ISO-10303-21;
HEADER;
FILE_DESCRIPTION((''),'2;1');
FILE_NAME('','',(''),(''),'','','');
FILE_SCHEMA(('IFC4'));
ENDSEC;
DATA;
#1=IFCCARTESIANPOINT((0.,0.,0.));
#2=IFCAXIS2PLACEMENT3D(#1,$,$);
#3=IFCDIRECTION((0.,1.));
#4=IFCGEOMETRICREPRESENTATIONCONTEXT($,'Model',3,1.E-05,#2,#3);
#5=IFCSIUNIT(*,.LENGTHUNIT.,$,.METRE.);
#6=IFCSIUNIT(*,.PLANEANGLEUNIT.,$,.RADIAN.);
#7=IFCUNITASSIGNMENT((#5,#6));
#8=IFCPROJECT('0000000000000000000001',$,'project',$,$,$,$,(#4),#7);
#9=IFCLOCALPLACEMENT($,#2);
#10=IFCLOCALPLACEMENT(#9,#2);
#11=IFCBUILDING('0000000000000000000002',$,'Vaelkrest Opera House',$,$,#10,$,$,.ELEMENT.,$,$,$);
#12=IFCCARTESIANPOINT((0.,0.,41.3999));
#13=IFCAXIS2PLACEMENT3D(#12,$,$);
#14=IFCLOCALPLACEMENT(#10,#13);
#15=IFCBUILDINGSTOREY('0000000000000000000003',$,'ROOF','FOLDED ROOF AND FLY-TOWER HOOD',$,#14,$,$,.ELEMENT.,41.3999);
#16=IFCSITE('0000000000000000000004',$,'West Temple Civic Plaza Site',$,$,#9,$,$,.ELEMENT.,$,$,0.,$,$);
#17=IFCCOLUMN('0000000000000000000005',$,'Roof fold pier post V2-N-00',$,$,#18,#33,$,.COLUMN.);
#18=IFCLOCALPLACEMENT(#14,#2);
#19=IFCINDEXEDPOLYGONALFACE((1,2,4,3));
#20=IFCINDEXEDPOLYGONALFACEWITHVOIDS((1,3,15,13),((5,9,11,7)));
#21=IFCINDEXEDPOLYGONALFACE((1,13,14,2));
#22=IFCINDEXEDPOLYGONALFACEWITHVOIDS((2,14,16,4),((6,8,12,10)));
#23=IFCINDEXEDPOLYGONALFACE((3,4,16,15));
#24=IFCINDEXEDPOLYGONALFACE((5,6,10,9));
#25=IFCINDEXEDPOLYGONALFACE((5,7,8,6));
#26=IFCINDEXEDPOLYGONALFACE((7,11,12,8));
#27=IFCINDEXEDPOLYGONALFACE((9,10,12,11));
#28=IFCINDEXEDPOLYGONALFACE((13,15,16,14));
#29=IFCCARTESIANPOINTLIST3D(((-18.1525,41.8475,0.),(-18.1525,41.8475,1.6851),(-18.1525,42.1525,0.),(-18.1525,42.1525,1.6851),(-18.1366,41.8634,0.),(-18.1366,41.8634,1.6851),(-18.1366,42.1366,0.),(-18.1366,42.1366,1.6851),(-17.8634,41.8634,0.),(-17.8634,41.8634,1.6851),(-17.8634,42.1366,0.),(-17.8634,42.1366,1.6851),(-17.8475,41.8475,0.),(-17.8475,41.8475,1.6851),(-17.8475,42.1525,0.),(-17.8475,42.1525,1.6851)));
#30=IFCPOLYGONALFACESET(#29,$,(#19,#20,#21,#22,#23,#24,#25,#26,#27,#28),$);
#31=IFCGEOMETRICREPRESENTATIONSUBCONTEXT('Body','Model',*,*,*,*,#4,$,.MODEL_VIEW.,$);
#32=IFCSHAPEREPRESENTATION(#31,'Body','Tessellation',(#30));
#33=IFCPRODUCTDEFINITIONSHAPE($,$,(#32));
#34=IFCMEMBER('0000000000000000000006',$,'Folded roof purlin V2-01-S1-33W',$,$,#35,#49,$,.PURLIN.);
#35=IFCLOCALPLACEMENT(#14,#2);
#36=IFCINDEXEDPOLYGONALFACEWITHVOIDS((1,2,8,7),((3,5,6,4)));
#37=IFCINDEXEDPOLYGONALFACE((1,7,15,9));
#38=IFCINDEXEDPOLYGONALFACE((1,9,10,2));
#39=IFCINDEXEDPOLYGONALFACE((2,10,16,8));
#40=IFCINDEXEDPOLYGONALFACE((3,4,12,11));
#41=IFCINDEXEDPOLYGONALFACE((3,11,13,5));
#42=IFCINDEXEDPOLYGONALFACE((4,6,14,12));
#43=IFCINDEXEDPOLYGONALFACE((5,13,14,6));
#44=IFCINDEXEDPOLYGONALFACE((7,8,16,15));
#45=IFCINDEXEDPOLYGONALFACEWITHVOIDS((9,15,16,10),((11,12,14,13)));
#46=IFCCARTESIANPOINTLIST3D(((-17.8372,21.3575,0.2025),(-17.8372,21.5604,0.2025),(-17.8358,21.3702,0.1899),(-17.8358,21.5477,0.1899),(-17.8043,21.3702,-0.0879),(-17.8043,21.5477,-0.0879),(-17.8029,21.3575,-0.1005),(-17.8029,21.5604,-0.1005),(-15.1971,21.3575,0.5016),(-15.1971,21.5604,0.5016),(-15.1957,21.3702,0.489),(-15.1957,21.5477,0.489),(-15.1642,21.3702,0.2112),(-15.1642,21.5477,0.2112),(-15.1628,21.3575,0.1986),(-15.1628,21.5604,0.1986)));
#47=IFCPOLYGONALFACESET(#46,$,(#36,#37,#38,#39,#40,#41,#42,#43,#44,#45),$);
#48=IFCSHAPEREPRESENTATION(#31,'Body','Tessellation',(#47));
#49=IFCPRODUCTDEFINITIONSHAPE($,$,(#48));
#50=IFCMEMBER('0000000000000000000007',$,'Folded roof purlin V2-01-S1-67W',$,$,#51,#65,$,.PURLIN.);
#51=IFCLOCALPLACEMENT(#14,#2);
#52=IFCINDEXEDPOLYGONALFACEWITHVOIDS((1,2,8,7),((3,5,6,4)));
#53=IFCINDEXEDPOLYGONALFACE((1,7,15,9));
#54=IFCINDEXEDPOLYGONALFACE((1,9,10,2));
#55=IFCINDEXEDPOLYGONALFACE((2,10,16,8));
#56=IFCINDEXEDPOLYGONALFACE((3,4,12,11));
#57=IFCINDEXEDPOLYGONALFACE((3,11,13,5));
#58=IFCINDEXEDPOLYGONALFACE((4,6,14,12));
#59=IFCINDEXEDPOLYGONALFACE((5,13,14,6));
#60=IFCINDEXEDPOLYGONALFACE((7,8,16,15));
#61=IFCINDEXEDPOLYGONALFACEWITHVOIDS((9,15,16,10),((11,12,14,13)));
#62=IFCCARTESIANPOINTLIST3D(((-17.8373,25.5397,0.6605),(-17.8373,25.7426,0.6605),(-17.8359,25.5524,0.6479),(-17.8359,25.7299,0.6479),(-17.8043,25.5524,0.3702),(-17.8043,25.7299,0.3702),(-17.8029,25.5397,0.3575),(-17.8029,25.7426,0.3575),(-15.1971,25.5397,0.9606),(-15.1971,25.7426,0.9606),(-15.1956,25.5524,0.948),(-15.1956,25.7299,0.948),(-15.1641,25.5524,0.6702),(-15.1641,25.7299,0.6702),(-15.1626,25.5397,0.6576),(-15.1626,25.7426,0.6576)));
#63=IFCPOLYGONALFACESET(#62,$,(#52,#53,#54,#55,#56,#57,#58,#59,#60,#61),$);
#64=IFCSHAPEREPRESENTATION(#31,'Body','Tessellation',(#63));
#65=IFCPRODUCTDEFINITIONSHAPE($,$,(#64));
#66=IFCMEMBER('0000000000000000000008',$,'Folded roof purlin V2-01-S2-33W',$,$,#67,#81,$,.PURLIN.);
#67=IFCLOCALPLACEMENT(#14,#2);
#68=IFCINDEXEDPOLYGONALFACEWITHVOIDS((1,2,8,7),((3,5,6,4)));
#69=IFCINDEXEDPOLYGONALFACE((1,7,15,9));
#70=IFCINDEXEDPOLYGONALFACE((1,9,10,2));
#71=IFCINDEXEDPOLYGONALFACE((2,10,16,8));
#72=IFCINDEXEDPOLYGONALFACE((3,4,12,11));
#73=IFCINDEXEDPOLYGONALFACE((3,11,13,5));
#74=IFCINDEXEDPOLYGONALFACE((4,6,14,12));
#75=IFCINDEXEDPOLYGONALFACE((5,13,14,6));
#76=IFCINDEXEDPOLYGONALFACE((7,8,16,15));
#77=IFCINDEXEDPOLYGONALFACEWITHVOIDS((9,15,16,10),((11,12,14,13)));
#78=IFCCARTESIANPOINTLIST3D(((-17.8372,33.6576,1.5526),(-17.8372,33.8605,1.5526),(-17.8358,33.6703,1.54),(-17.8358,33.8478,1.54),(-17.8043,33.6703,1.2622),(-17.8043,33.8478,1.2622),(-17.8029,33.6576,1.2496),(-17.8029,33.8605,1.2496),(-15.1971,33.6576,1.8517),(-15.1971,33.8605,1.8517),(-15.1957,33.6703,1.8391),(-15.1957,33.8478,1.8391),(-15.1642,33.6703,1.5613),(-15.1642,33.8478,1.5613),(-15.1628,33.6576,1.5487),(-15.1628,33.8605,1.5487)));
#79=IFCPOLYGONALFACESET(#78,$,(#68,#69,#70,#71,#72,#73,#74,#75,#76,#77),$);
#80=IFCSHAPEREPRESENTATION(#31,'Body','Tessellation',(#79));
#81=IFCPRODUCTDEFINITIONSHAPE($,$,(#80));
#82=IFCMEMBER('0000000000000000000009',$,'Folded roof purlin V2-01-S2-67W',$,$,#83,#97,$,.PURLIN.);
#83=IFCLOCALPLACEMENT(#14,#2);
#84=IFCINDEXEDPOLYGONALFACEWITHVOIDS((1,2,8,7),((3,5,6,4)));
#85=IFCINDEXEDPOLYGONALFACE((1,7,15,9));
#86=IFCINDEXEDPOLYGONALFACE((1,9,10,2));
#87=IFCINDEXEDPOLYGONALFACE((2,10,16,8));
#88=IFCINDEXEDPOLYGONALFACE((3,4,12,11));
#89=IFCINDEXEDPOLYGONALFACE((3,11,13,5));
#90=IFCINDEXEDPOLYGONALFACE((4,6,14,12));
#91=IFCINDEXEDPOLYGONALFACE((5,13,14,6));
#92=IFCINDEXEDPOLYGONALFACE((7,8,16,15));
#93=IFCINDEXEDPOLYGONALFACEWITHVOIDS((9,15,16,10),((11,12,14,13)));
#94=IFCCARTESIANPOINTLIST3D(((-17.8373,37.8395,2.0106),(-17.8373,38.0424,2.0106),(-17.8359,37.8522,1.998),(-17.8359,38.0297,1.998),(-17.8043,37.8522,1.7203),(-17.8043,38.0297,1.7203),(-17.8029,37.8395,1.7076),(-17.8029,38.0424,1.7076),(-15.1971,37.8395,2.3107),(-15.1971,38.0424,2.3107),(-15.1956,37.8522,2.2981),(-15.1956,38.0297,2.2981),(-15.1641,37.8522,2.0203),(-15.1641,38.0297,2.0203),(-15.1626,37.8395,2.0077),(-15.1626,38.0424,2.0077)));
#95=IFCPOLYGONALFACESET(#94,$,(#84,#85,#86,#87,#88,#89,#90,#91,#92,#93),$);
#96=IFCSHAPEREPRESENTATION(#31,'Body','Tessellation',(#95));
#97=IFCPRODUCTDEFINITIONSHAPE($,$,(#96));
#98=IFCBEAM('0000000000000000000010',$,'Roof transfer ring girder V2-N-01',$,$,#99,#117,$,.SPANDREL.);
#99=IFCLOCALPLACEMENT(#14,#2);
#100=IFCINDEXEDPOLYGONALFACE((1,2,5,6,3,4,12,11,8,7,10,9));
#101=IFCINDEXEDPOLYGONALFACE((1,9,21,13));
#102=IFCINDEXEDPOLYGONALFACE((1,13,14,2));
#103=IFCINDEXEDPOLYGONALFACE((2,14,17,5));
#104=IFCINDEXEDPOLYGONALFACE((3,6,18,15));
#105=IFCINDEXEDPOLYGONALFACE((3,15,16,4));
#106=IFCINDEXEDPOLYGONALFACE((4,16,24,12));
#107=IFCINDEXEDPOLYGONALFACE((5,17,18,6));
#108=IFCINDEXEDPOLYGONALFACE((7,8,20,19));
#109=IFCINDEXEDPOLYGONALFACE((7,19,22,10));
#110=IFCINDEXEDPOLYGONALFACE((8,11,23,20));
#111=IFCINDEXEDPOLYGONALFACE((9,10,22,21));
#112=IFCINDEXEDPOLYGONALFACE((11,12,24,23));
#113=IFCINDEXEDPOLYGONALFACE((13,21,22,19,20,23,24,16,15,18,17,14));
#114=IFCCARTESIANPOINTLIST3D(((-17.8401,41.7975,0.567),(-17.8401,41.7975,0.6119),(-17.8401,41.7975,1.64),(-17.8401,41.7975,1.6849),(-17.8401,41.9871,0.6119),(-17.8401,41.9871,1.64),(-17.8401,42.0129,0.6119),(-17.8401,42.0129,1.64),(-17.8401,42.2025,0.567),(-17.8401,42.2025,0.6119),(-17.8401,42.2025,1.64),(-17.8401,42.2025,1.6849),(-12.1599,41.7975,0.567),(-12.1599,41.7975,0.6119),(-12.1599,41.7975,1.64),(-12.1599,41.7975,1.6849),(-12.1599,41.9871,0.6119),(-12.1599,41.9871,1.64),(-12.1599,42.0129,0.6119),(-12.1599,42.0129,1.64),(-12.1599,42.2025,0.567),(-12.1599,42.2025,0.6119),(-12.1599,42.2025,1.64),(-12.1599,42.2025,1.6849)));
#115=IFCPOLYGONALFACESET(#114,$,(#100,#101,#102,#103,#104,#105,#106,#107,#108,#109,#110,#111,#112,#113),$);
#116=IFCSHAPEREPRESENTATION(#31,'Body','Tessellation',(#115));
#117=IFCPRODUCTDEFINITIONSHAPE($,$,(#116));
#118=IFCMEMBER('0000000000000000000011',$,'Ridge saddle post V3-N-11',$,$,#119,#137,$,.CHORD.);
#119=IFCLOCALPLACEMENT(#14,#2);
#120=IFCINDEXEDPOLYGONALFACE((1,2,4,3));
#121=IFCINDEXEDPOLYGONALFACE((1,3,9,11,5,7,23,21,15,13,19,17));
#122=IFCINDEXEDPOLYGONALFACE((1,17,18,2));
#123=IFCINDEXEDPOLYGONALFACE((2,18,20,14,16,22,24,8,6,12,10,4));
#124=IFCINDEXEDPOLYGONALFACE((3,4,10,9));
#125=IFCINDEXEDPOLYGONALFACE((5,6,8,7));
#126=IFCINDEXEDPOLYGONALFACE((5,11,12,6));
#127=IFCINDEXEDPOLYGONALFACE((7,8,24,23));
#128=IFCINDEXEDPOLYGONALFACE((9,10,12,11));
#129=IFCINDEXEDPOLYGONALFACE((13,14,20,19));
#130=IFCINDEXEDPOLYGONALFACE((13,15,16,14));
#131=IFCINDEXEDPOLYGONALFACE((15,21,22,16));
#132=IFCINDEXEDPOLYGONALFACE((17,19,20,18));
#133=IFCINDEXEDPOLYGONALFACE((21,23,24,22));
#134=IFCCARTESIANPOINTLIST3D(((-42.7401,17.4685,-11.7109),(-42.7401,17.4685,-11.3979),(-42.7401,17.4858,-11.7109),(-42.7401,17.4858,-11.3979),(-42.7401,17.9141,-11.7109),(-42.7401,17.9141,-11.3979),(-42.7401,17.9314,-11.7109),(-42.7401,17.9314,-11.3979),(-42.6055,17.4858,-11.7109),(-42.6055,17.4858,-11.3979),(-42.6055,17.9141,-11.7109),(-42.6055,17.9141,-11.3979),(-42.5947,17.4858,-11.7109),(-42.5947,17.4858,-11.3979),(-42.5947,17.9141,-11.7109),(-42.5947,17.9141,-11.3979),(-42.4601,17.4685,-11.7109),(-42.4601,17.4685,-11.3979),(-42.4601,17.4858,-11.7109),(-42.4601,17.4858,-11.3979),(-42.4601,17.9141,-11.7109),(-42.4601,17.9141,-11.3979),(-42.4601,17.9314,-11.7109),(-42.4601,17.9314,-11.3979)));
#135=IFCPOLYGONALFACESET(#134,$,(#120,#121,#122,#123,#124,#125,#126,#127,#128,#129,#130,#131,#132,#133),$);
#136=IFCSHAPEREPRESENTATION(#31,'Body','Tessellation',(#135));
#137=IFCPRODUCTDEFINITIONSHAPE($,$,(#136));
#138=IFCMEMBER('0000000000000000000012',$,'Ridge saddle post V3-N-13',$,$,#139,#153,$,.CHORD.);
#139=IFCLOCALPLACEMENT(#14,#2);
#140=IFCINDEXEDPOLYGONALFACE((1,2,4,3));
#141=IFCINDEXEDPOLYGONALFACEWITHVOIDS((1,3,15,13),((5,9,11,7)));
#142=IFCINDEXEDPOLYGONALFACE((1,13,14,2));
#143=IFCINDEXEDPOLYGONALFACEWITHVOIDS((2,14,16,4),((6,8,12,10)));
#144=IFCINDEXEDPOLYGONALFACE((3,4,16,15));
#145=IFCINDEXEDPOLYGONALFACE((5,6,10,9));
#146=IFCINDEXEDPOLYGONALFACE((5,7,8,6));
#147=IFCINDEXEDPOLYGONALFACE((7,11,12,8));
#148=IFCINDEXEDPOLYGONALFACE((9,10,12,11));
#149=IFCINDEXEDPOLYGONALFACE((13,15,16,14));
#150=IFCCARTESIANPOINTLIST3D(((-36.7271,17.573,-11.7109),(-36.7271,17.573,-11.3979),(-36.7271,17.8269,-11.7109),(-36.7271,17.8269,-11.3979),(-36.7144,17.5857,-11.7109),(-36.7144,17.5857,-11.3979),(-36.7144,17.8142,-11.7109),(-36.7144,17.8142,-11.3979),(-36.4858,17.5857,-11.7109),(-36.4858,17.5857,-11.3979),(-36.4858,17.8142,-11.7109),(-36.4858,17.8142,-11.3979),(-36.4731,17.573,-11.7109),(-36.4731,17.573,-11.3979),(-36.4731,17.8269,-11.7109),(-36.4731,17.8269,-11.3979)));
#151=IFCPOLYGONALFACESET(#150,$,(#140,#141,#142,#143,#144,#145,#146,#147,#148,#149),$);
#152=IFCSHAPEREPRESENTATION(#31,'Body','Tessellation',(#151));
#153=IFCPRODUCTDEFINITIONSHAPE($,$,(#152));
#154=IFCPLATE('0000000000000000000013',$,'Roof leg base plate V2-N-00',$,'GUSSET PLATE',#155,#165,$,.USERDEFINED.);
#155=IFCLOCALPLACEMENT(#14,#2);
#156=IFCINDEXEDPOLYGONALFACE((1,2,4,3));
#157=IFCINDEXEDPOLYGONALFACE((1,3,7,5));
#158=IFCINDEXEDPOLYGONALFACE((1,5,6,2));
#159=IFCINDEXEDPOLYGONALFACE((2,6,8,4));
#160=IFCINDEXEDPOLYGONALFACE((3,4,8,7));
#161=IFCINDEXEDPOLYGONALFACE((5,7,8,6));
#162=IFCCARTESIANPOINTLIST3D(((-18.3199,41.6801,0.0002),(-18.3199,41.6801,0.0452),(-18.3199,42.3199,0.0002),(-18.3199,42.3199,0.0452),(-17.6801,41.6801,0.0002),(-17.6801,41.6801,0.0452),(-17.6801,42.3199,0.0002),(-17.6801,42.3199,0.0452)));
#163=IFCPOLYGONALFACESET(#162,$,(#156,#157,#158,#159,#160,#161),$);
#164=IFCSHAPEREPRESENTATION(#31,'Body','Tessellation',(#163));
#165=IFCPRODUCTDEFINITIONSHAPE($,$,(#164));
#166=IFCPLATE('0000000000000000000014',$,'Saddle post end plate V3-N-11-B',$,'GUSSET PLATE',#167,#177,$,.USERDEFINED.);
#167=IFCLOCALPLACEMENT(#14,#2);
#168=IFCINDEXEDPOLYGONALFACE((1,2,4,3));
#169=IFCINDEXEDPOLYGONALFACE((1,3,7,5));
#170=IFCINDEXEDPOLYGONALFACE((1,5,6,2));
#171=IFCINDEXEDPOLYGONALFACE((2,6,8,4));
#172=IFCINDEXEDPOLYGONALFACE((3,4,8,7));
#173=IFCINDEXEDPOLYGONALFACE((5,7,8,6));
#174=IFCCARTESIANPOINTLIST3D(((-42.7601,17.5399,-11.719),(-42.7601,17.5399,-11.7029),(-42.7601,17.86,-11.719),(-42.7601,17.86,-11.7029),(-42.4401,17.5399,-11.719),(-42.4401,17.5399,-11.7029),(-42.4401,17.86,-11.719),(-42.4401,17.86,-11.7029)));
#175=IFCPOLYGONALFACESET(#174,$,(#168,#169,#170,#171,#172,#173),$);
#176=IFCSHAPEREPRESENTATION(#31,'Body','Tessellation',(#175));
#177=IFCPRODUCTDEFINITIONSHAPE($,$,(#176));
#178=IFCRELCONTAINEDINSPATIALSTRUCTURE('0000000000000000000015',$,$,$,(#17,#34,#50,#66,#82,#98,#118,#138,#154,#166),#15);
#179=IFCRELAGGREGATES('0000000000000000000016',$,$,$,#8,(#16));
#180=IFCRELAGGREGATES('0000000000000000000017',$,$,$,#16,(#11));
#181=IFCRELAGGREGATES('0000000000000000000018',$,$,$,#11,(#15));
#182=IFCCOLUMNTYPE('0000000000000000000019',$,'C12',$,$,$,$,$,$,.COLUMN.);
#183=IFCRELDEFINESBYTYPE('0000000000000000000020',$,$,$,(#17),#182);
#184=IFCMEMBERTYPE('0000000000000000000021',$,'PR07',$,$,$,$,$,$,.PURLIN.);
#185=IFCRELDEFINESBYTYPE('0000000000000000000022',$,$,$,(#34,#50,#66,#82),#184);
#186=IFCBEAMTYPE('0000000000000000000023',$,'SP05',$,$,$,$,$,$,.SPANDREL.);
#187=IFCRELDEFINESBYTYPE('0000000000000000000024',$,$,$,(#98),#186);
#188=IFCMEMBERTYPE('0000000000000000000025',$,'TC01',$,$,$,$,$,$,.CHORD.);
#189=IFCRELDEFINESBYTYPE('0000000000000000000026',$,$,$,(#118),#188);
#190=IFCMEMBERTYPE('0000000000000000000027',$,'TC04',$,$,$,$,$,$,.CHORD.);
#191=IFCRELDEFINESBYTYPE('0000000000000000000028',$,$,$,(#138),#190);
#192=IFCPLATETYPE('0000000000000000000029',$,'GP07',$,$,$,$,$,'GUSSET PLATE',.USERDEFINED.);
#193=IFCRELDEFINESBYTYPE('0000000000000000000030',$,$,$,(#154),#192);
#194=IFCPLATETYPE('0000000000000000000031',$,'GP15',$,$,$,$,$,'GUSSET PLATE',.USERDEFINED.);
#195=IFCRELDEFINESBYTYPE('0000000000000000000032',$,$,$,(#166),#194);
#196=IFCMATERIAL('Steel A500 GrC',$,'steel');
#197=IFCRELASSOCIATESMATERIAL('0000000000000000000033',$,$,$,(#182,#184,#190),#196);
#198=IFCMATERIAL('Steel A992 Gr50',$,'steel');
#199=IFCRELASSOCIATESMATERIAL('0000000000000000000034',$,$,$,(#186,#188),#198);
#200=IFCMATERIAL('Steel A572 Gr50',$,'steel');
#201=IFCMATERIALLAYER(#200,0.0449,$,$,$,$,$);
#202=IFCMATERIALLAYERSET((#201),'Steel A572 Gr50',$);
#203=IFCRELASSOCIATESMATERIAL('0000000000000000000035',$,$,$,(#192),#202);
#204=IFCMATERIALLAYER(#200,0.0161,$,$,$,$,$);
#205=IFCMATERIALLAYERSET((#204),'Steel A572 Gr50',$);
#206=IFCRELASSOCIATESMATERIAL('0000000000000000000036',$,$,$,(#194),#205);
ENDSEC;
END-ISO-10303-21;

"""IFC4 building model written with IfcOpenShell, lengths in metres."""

from ifc_helpers import new_model, si_unit, direction, frame, origin, origin_2d, place, context, subcontext, project, spatial, rectangle, hollow_rectangle, i_section, extrude, material, layer, layer_set, material_profile, profile_set, type_object, element, save


model = new_model("IFC4")

# Units and contexts
model_context = context("Model", 3, precision=1e-05, world=origin(), true_north=direction((0.0, 1.0)))
body_context = subcontext(model_context, "Body", "Model", "MODEL_VIEW")
ifc_project = project(units=[si_unit("LENGTHUNIT", "METRE"), si_unit("PLANEANGLEUNIT", "RADIAN")], contexts=[model_context])

# Site, building, storey
site_placement = place(None, origin())
site = spatial("IfcSite", under=ifc_project, at=site_placement, Name="West Temple Civic Plaza Site", CompositionType="ELEMENT", RefElevation=0.0)
building_placement = place(site_placement, origin())
building = spatial("IfcBuilding", under=site, at=building_placement, Name="Vaelkrest Opera House", CompositionType="ELEMENT")
storey_placement = place(building_placement, frame((0.0, 0.0, 41.3999)))
storey = spatial("IfcBuildingStorey", under=building, at=storey_placement, Name="ROOF", Description="FOLDED ROOF AND FLY-TOWER HOOD", CompositionType="ELEMENT", Elevation=41.3999)

# Column
ifc_material_1 = material(Name="Steel A500 GrC", Category="steel")
ifc_material_profile_1 = material_profile(ifc_material_1, hollow_rectangle(XDim=0.3049, YDim=0.3049, WallThickness=0.0159, at=origin_2d()), Name="HSS305X305X15.9")
ifc_profile_set_1 = profile_set([ifc_material_profile_1], Name="Steel A500 GrC")
column_type = type_object("IfcColumnType", Name="C12", PredefinedType="COLUMN", material=ifc_profile_set_1)
column_placement = place(storey_placement, frame((-18.0, 42.0, 0.0), z_axis=(0.0, 0.0, 1.0), x_axis=(1.0, 0.0, 0.0)))
element("IfcColumn", 1, at=column_placement, inside=storey, type_object=column_type, Name="Roof fold pier post V2-N-00", PredefinedType="COLUMN", context=body_context, shape_type="SweptSolid", body=[
    extrude(hollow_rectangle(XDim=0.3049, YDim=0.3049, WallThickness=0.0159, at=origin_2d()), origin(), (0.0, 0.0, 1.0), 1.6851),
])

# Members
ifc_material_profile_2 = material_profile(ifc_material_1, hollow_rectangle(XDim=0.2029, YDim=0.3049, WallThickness=0.0127, at=origin_2d()), Name="HSS305X203X12.7")
ifc_profile_set_2 = profile_set([ifc_material_profile_2], Name="Steel A500 GrC")
member_type_1 = type_object("IfcMemberType", Name="PR07", PredefinedType="PURLIN", material=ifc_profile_set_2)
member_1_placement = place(storey_placement, frame((-17.8201, 21.459, 0.051), z_axis=(0.993645, 0.0, 0.112559), x_axis=(0.0, 1.0, 0.0)))
element("IfcMember", 2, at=member_1_placement, inside=storey, type_object=member_type_1, Name="Folded roof purlin V2-01-S1-33W", PredefinedType="PURLIN", context=body_context, shape_type="SweptSolid", body=[
    extrude(hollow_rectangle(XDim=0.2029, YDim=0.3049, WallThickness=0.0127, at=origin_2d()), origin(), (0.0, 0.0, 1.0), 2.657),
])
member_2_placement = place(storey_placement, frame((-17.8201, 25.6411, 0.509), z_axis=(0.993604, 0.0, 0.112922), x_axis=(0.0, 1.0, 0.0)))
element("IfcMember", 3, at=member_2_placement, inside=storey, type_object=member_type_1, Name="Folded roof purlin V2-01-S1-67W", PredefinedType="PURLIN", context=body_context, shape_type="SweptSolid", body=[
    extrude(hollow_rectangle(XDim=0.2029, YDim=0.3049, WallThickness=0.0127, at=origin_2d()), origin(), (0.0, 0.0, 1.0), 2.6572),
])
member_3_placement = place(storey_placement, frame((-17.8201, 33.759, 1.4011), z_axis=(0.993645, 0.0, 0.112559), x_axis=(0.0, 1.0, 0.0)))
element("IfcMember", 4, at=member_3_placement, inside=storey, type_object=member_type_1, Name="Folded roof purlin V2-01-S2-33W", PredefinedType="PURLIN", context=body_context, shape_type="SweptSolid", body=[
    extrude(hollow_rectangle(XDim=0.2029, YDim=0.3049, WallThickness=0.0127, at=origin_2d()), origin(), (0.0, 0.0, 1.0), 2.657),
])
member_4_placement = place(storey_placement, frame((-17.8201, 37.9409, 1.8591), z_axis=(0.993604, 0.0, 0.112922), x_axis=(0.0, 1.0, 0.0)))
element("IfcMember", 5, at=member_4_placement, inside=storey, type_object=member_type_1, Name="Folded roof purlin V2-01-S2-67W", PredefinedType="PURLIN", context=body_context, shape_type="SweptSolid", body=[
    extrude(hollow_rectangle(XDim=0.2029, YDim=0.3049, WallThickness=0.0127, at=origin_2d()), origin(), (0.0, 0.0, 1.0), 2.6572),
])

# Beam
ifc_material_2 = material(Name="Steel A992 Gr50", Category="steel")
ifc_material_profile_3 = material_profile(ifc_material_2, i_section(OverallWidth=0.405, OverallDepth=1.1179, WebThickness=0.0259, FlangeThickness=0.0449, at=origin_2d()), Name="W44X335")
ifc_profile_set_3 = profile_set([ifc_material_profile_3], Name="Steel A992 Gr50")
beam_type = type_object("IfcBeamType", Name="SP05", PredefinedType="SPANDREL", material=ifc_profile_set_3)
beam_placement = place(storey_placement, frame((-17.8401, 42.0, 1.126), z_axis=(1.0, 0.0, 0.0), x_axis=(0.0, 1.0, 0.0)))
element("IfcBeam", 6, at=beam_placement, inside=storey, type_object=beam_type, Name="Roof transfer ring girder V2-N-01", PredefinedType="SPANDREL", context=body_context, shape_type="SweptSolid", body=[
    extrude(i_section(OverallWidth=0.405, OverallDepth=1.1179, WebThickness=0.0259, FlangeThickness=0.0449, at=origin_2d()), origin(), (0.0, 0.0, 1.0), 5.6802),
])

# Members
ifc_material_profile_4 = material_profile(ifc_material_2, i_section(OverallWidth=0.28, OverallDepth=0.4629, WebThickness=0.0107, FlangeThickness=0.0173, at=origin_2d()), Name="W18X76")
ifc_profile_set_4 = profile_set([ifc_material_profile_4], Name="Steel A992 Gr50")
member_type_2 = type_object("IfcMemberType", Name="TC01", PredefinedType="CHORD", material=ifc_profile_set_4)
member_5_placement = place(storey_placement, frame((-42.6001, 17.7, -11.7109), z_axis=(0.0, 0.0, 1.0), x_axis=(1.0, 0.0, 0.0)))
element("IfcMember", 7, at=member_5_placement, inside=storey, type_object=member_type_2, Name="Ridge saddle post V3-N-11", PredefinedType="CHORD", context=body_context, shape_type="SweptSolid", body=[
    extrude(i_section(OverallWidth=0.28, OverallDepth=0.4629, WebThickness=0.0107, FlangeThickness=0.0173, at=origin_2d()), origin(), (0.0, 0.0, 1.0), 0.313),
])
ifc_material_profile_5 = material_profile(ifc_material_1, hollow_rectangle(XDim=0.2539, YDim=0.2539, WallThickness=0.0127, at=origin_2d()), Name="HSS254X254X12.7")
ifc_profile_set_5 = profile_set([ifc_material_profile_5], Name="Steel A500 GrC")
member_type_3 = type_object("IfcMemberType", Name="TC04", PredefinedType="CHORD", material=ifc_profile_set_5)
member_6_placement = place(storey_placement, frame((-36.6001, 17.7, -11.7109), z_axis=(0.0, 0.0, 1.0), x_axis=(1.0, 0.0, 0.0)))
element("IfcMember", 8, at=member_6_placement, inside=storey, type_object=member_type_3, Name="Ridge saddle post V3-N-13", PredefinedType="CHORD", context=body_context, shape_type="SweptSolid", body=[
    extrude(hollow_rectangle(XDim=0.2539, YDim=0.2539, WallThickness=0.0127, at=origin_2d()), origin(), (0.0, 0.0, 1.0), 0.313),
])

# Plates
ifc_material_3 = material(Name="Steel A572 Gr50", Category="steel")
ifc_layer_1 = layer(ifc_material_3, 0.0449)
ifc_layer_set_1 = layer_set([ifc_layer_1], Name="Steel A572 Gr50")
plate_type_1 = type_object("IfcPlateType", Name="GP07", ElementType="GUSSET PLATE", PredefinedType="USERDEFINED", material=ifc_layer_set_1)
plate_placement = place(storey_placement, frame((-18.0, 42.0, 0.0002), z_axis=(0.0, 0.0, 1.0), x_axis=(1.0, 0.0, 0.0)))
element("IfcPlate", 9, at=plate_placement, inside=storey, type_object=plate_type_1, Name="Roof leg base plate V2-N-00", ObjectType="GUSSET PLATE", PredefinedType="USERDEFINED", context=body_context, shape_type="SweptSolid", body=[
    extrude(rectangle(XDim=0.6399, YDim=0.6399, at=origin_2d()), origin(), (0.0, 0.0, 1.0), 0.0449),
])
ifc_layer_2 = layer(ifc_material_3, 0.0161)
ifc_layer_set_2 = layer_set([ifc_layer_2], Name="Steel A572 Gr50")
plate_type_2 = type_object("IfcPlateType", Name="GP15", ElementType="GUSSET PLATE", PredefinedType="USERDEFINED", material=ifc_layer_set_2)
for number, where, z_axis, x_axis, name in (
    (10, (-42.6001, 17.7, -11.719), (0.0, 0.0, 1.0), (1.0, 0.0, 0.0), "Saddle post end plate V3-N-11-B"),
):
    element("IfcPlate", number, at=place(storey_placement, frame(where, z_axis=z_axis, x_axis=x_axis)), inside=storey, type_object=plate_type_2, Name=name, ObjectType="GUSSET PLATE", PredefinedType="USERDEFINED", context=body_context, shape_type="SweptSolid", body=[
        extrude(rectangle(XDim=0.3201, YDim=0.3201, at=origin_2d()), origin(), (0.0, 0.0, 1.0), 0.0161),
    ])

save(model, "model.ifc")
